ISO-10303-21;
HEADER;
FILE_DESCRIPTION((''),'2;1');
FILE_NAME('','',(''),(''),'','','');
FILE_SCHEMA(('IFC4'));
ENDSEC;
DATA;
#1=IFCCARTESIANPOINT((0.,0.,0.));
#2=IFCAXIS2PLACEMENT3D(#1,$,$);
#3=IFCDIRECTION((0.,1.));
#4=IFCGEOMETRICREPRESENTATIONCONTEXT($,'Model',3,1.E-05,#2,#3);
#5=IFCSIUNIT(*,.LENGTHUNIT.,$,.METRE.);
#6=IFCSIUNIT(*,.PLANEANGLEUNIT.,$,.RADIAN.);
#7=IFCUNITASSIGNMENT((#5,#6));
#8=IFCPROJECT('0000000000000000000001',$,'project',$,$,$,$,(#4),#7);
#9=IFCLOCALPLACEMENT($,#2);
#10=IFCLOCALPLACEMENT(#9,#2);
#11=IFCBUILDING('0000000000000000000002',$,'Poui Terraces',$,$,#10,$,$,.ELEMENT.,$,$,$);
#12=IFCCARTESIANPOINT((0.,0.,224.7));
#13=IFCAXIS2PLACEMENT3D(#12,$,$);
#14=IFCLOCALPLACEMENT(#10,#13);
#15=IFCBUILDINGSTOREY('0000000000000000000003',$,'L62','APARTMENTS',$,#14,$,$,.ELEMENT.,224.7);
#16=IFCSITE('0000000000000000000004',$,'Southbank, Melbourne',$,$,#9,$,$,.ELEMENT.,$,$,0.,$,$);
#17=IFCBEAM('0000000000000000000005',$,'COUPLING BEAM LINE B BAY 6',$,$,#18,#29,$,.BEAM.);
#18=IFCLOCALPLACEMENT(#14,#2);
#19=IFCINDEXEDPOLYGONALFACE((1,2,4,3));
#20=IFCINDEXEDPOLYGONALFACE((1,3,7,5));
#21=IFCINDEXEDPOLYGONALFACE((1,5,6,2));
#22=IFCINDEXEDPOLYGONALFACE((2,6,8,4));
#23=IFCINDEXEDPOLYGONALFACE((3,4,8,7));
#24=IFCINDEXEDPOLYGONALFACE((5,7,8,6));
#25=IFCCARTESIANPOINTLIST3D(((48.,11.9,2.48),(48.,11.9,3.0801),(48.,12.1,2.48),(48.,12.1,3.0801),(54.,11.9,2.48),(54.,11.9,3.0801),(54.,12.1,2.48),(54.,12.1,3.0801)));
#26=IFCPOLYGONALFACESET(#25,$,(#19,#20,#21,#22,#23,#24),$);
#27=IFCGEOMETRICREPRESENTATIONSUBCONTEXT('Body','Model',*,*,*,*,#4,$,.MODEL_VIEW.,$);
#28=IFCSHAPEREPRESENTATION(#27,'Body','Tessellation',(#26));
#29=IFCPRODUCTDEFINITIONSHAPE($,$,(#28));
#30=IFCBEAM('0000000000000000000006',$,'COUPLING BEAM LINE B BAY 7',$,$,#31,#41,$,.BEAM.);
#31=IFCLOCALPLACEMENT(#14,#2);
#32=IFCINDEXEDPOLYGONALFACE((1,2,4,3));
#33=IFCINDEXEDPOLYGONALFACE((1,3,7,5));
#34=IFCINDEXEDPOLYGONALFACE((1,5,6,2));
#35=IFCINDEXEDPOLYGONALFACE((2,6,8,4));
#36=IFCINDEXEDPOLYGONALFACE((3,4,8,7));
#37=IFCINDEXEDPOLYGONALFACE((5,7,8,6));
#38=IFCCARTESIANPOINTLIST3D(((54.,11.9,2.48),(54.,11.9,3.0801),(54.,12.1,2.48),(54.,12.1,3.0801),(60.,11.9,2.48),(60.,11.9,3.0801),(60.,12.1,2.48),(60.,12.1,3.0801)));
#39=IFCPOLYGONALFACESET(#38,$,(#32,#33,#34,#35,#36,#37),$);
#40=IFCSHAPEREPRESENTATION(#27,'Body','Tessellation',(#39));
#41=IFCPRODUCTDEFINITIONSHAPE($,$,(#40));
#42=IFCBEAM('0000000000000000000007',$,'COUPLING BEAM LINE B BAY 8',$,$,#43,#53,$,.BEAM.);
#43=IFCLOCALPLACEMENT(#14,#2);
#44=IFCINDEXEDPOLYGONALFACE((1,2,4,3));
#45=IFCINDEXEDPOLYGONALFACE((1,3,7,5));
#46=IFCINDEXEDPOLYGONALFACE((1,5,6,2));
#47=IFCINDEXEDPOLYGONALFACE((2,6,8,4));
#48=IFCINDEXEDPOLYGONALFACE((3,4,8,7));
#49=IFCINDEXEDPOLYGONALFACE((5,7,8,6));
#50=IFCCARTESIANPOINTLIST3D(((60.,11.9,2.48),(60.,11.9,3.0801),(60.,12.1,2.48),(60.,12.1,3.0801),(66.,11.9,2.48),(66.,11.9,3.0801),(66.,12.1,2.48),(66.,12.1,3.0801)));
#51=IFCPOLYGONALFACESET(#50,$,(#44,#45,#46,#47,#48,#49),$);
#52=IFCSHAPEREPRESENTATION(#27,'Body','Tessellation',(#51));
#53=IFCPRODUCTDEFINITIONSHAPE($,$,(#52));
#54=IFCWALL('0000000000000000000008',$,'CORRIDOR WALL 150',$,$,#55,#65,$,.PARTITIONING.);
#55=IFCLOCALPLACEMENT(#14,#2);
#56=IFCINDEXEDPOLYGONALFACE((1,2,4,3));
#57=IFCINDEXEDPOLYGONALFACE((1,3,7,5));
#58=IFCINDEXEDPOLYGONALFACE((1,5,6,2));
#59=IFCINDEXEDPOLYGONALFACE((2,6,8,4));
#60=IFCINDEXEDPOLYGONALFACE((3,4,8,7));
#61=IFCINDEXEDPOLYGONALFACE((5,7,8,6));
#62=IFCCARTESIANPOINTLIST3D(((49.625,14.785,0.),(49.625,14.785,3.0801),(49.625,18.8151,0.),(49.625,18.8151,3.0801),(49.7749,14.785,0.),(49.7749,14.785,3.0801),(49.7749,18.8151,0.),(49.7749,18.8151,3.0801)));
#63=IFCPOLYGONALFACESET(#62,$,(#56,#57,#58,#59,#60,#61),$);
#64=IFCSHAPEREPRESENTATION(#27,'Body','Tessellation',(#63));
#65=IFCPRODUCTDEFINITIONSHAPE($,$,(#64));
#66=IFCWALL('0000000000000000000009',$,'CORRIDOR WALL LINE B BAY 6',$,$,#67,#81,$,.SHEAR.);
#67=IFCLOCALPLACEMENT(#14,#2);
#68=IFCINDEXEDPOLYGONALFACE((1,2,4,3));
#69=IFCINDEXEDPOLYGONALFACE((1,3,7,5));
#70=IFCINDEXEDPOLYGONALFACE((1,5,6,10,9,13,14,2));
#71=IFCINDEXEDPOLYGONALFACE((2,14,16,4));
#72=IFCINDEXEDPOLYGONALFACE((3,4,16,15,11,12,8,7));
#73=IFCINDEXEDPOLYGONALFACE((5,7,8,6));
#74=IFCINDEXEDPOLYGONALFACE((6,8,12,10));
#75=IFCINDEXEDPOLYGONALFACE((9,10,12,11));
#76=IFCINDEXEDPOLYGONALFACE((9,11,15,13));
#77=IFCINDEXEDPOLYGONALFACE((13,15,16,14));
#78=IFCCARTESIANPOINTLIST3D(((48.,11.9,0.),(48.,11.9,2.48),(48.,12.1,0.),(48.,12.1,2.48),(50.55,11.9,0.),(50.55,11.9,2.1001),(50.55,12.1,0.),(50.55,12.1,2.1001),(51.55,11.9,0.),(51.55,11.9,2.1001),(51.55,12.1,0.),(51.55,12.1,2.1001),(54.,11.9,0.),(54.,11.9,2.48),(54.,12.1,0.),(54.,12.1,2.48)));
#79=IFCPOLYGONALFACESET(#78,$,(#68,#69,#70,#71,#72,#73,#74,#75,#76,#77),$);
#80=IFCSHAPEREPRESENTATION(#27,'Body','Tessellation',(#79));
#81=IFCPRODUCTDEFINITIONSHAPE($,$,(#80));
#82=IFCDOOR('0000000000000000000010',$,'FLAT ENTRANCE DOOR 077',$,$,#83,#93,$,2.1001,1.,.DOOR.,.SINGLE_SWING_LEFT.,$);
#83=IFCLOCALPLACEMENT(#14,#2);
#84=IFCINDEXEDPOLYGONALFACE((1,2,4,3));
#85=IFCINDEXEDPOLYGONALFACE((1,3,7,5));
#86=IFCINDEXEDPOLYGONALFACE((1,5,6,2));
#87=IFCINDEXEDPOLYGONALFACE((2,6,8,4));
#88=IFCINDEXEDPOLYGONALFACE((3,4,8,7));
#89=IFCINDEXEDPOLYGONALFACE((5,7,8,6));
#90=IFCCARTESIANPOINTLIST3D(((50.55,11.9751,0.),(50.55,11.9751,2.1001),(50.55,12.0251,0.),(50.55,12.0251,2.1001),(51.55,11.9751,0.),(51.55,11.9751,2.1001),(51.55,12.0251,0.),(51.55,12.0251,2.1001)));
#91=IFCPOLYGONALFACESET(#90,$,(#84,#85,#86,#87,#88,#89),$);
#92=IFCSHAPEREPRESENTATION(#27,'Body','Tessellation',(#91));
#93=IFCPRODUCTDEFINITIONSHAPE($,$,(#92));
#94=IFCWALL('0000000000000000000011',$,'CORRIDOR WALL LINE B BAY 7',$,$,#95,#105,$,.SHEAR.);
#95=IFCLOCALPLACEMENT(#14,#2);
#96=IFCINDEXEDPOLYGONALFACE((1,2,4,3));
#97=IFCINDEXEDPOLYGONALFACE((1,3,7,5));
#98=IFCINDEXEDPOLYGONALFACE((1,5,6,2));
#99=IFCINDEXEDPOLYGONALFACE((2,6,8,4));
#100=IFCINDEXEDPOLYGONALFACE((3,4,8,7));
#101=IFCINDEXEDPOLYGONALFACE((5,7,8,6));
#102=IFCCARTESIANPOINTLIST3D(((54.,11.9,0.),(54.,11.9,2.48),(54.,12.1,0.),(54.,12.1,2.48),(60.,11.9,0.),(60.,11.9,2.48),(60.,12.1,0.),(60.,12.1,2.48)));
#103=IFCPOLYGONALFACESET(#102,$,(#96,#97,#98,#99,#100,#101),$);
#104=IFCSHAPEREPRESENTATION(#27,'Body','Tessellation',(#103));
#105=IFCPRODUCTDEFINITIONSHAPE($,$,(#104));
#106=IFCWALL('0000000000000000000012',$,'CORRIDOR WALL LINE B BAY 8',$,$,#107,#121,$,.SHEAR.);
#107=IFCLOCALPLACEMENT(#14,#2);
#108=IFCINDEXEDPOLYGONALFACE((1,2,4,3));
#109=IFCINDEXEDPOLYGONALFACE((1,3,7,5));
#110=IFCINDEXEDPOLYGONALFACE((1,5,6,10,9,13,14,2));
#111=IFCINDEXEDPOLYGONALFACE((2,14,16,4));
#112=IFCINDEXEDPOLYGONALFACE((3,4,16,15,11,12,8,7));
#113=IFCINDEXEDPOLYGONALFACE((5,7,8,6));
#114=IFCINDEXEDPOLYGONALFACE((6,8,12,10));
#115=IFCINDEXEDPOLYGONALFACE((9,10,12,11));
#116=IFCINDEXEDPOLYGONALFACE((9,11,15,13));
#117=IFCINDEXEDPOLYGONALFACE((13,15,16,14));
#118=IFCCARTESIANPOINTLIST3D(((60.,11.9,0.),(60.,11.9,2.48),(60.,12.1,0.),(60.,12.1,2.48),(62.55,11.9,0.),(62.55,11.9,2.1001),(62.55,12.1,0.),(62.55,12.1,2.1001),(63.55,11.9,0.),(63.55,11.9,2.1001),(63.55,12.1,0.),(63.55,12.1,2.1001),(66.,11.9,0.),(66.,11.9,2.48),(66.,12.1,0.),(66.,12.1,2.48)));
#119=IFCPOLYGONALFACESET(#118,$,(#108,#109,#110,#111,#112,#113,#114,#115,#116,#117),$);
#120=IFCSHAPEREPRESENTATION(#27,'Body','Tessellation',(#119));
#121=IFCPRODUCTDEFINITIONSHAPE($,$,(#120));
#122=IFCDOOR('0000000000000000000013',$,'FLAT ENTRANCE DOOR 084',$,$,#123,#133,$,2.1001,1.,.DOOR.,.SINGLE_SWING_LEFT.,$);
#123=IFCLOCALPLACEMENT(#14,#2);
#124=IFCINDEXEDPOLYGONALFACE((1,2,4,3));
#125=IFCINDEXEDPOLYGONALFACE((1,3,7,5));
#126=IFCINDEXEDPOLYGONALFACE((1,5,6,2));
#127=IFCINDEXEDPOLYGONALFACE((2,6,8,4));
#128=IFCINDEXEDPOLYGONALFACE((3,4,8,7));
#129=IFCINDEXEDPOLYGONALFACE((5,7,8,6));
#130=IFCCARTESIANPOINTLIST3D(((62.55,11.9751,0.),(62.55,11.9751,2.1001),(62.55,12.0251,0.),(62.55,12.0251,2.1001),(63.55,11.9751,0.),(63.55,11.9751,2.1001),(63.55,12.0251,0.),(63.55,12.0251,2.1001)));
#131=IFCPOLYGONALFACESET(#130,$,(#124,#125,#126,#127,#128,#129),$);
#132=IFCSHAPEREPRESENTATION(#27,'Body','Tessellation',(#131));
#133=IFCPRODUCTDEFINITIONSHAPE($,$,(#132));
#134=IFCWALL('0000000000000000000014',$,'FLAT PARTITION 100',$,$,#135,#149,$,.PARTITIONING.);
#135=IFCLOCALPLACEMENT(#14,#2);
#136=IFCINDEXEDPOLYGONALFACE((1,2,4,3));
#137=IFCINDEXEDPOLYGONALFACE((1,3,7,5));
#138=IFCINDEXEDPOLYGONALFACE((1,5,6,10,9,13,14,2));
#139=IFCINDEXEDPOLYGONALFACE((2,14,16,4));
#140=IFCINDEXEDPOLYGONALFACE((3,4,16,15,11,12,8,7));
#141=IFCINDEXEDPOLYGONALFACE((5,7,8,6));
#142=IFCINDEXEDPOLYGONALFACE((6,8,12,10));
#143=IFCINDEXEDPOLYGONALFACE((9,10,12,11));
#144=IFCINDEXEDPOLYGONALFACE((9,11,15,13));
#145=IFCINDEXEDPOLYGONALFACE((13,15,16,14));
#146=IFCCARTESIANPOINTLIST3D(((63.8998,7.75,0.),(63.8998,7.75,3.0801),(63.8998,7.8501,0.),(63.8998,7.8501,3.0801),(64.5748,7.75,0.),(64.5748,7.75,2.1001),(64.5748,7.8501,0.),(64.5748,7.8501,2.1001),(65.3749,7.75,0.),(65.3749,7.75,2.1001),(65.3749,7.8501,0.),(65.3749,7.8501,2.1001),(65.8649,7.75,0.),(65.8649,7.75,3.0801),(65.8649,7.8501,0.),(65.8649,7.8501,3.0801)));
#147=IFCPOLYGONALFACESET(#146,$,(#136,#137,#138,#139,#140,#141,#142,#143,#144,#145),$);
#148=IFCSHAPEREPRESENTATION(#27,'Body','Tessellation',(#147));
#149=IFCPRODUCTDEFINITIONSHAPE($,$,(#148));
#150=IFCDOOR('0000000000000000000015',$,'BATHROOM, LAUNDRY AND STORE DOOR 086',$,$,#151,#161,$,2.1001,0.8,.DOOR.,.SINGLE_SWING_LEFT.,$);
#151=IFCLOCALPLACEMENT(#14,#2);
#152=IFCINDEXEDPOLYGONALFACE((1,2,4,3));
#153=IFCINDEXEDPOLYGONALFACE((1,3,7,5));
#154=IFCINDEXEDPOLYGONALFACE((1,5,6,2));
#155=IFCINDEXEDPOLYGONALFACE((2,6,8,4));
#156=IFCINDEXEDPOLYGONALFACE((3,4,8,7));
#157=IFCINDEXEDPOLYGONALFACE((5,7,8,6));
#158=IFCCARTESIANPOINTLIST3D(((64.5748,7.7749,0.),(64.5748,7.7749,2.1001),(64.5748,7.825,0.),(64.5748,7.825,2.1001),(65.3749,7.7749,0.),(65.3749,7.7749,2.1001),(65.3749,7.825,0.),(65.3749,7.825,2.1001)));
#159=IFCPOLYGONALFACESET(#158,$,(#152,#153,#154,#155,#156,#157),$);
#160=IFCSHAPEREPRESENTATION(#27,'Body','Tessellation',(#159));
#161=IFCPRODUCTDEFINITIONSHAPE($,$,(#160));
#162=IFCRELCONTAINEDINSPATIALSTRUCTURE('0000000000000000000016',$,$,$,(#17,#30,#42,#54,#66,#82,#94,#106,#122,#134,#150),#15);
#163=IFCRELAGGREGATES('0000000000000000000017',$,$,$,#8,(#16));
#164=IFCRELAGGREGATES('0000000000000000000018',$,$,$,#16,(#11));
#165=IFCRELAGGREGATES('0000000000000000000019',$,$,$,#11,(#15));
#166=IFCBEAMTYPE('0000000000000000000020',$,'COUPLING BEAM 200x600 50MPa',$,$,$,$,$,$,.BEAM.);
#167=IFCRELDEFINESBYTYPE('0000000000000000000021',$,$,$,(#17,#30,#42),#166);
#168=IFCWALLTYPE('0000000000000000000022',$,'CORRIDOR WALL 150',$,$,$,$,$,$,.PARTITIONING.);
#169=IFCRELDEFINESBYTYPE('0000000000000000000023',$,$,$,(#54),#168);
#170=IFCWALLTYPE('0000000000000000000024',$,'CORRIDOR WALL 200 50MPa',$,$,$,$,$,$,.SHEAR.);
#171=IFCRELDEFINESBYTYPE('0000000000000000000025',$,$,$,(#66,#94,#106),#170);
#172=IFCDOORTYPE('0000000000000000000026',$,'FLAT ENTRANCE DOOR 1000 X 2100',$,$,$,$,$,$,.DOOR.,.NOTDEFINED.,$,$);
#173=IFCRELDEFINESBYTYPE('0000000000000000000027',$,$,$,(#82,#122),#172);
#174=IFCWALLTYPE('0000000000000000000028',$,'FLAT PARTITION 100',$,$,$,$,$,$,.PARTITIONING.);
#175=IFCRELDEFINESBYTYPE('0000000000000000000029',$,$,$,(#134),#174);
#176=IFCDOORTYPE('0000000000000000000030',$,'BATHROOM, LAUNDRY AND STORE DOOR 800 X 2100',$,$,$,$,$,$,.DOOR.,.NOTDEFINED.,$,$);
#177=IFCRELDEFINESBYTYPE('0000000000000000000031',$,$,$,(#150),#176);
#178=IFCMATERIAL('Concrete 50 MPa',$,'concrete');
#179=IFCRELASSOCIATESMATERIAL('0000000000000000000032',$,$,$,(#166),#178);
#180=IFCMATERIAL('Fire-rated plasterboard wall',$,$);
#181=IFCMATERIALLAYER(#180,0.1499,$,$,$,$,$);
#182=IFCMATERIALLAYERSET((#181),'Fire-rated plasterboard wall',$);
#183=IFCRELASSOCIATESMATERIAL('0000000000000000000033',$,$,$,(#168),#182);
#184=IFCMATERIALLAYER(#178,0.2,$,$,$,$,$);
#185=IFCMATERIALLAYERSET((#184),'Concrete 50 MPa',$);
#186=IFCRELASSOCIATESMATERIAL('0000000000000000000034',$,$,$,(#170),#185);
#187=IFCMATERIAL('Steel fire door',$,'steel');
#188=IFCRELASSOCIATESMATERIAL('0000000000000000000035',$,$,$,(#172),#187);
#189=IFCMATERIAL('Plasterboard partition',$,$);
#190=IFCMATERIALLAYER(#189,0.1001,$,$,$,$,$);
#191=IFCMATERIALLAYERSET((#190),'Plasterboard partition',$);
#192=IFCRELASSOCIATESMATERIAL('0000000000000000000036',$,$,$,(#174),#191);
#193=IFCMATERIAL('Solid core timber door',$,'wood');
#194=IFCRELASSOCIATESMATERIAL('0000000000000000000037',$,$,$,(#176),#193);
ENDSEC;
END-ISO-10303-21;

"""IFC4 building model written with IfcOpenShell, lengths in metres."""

from ifc_helpers import new_model, si_unit, direction, frame, frame_2d, origin, origin_2d, place, context, subcontext, project, spatial, rectangle, extrude, source, transform, mapped, material, layer, layer_set, material_profile, profile_set, type_object, element, fill, save


model = new_model("IFC4")

# Units and contexts
model_context = context("Model", 3, precision=1e-05, world=origin(), true_north=direction((0.0, 1.0)))
body_context = subcontext(model_context, "Body", "Model", "MODEL_VIEW")
ifc_project = project(units=[si_unit("LENGTHUNIT", "METRE"), si_unit("PLANEANGLEUNIT", "RADIAN")], contexts=[model_context])

# Site, building, storey
site_placement = place(None, origin())
site = spatial("IfcSite", under=ifc_project, at=site_placement, Name="Southbank, Melbourne", CompositionType="ELEMENT", RefElevation=0.0)
building_placement = place(site_placement, origin())
building = spatial("IfcBuilding", under=site, at=building_placement, Name="Poui Terraces", CompositionType="ELEMENT")
storey_placement = place(building_placement, frame((0.0, 0.0, 224.7)))
storey = spatial("IfcBuildingStorey", under=building, at=storey_placement, Name="L62", Description="APARTMENTS", CompositionType="ELEMENT", Elevation=224.7)

# Beams
ifc_material_1 = material(Name="Concrete 50 MPa", Category="concrete")
ifc_material_profile = material_profile(ifc_material_1, rectangle(XDim=0.2, YDim=0.6001, at=origin_2d()), Name="RC 200x600")
ifc_profile_set = profile_set([ifc_material_profile], Name="Concrete 50 MPa")
beam_type = type_object("IfcBeamType", Name="COUPLING BEAM 200x600 50MPa", PredefinedType="BEAM", material=ifc_profile_set)
shared_shape = source(origin(), body_context, "Body", "SweptSolid", [
    extrude(rectangle(XDim=0.2, YDim=0.6001, at=origin_2d()), origin(), (0.0, 0.0, 1.0), 6.0),
])
for number, where, z_axis, x_axis, name in (
    (1, (48.0, 12.0, 2.78), (1.0, 0.0, 0.0), (0.0, 1.0, 0.0), "COUPLING BEAM LINE B BAY 6"),
    (2, (54.0, 12.0, 2.78), (1.0, 0.0, 0.0), (0.0, 1.0, 0.0), "COUPLING BEAM LINE B BAY 7"),
    (3, (60.0, 12.0, 2.78), (1.0, 0.0, 0.0), (0.0, 1.0, 0.0), "COUPLING BEAM LINE B BAY 8"),
):
    element("IfcBeam", number, at=place(storey_placement, frame(where, z_axis=z_axis, x_axis=x_axis)), inside=storey, type_object=beam_type, Name=name, PredefinedType="BEAM", context=body_context, shape_type="MappedRepresentation", body=[
        mapped(shared_shape, transform((0.0, 0.0, 0.0))),
    ])

# Wall
ifc_material_2 = material(Name="Fire-rated plasterboard wall")
ifc_layer_1 = layer(ifc_material_2, 0.1499)
ifc_layer_set_1 = layer_set([ifc_layer_1], Name="Fire-rated plasterboard wall")
wall_type_1 = type_object("IfcWallType", Name="CORRIDOR WALL 150", PredefinedType="PARTITIONING", material=ifc_layer_set_1)
wall_1_placement = place(storey_placement, frame((49.7, 14.7849, 0.0), z_axis=(0.0, 0.0, 1.0), x_axis=(0.0, 1.0, 0.0)))
element("IfcWall", 4, at=wall_1_placement, inside=storey, type_object=wall_type_1, Name="CORRIDOR WALL 150", PredefinedType="PARTITIONING", context=body_context, shape_type="SweptSolid", body=[
    extrude(rectangle(XDim=4.03, YDim=0.1499, at=frame_2d((2.0151, 0.0))), origin(), (0.0, 0.0, 1.0), 3.0801),
])

# Wall, opening, door
ifc_layer_2 = layer(ifc_material_1, 0.2)
ifc_layer_set_2 = layer_set([ifc_layer_2], Name="Concrete 50 MPa")
wall_type_2 = type_object("IfcWallType", Name="CORRIDOR WALL 200 50MPa", PredefinedType="SHEAR", material=ifc_layer_set_2)
wall_2_placement = place(storey_placement, frame((48.0, 12.0, 0.0), z_axis=(0.0, 0.0, 1.0), x_axis=(1.0, 0.0, 0.0)))
wall_2 = element("IfcWall", 5, at=wall_2_placement, inside=storey, type_object=wall_type_2, Name="CORRIDOR WALL LINE B BAY 6", PredefinedType="SHEAR", context=body_context, shape_type="SweptSolid", body=[
    extrude(rectangle(XDim=6.0, YDim=0.2, at=frame_2d((3.0, 0.0))), origin(), (0.0, 0.0, 1.0), 2.48),
])
opening_1_placement = place(wall_2_placement, frame((2.55, 0.0, 0.0)))
opening_1 = element("IfcOpeningElement", 6, at=opening_1_placement, cuts=wall_2, PredefinedType="OPENING", context=body_context, shape_type="SweptSolid", body=[
    extrude(rectangle(XDim=1.0, YDim=2.1001, at=frame_2d((0.5, 1.05))), frame((0.0, 0.1099, 0.0), z_axis=(0.0, -1.0, 0.0), x_axis=(1.0, 0.0, 0.0)), (0.0, 0.0, 1.0), 0.22),
])
ifc_material_3 = material(Name="Steel fire door", Category="steel")
door_type_1 = type_object("IfcDoorType", Name="FLAT ENTRANCE DOOR 1000 X 2100", OperationType="NOTDEFINED", PredefinedType="DOOR", material=ifc_material_3)
door_1_placement = place(opening_1_placement, frame((1.0, 0.0, 0.0), z_axis=(0.0, 0.0, 1.0), x_axis=(-1.0, 0.0, 0.0)))
door_1 = element("IfcDoor", 7, at=door_1_placement, inside=storey, type_object=door_type_1, Name="FLAT ENTRANCE DOOR 077", OperationType="SINGLE_SWING_LEFT", OverallHeight=2.1001, OverallWidth=1.0, PredefinedType="DOOR", context=body_context, shape_type="SweptSolid", body=[
    extrude(rectangle(XDim=1.0, YDim=2.1001, at=frame_2d((0.5, 1.05))), frame((0.0, 0.0249, 0.0), z_axis=(0.0, -1.0, 0.0), x_axis=(1.0, 0.0, 0.0)), (0.0, 0.0, 1.0), 0.05),
])
fill(opening_1, door_1)

# Wall
wall_3_placement = place(storey_placement, frame((54.0, 12.0, 0.0), z_axis=(0.0, 0.0, 1.0), x_axis=(1.0, 0.0, 0.0)))
element("IfcWall", 8, at=wall_3_placement, inside=storey, type_object=wall_type_2, Name="CORRIDOR WALL LINE B BAY 7", PredefinedType="SHEAR", context=body_context, shape_type="SweptSolid", body=[
    extrude(rectangle(XDim=6.0, YDim=0.2, at=frame_2d((3.0, 0.0))), origin(), (0.0, 0.0, 1.0), 2.48),
])

# Walls, openings, doors
wall_4_placement = place(storey_placement, frame((60.0, 12.0, 0.0), z_axis=(0.0, 0.0, 1.0), x_axis=(1.0, 0.0, 0.0)))
wall_4 = element("IfcWall", 9, at=wall_4_placement, inside=storey, type_object=wall_type_2, Name="CORRIDOR WALL LINE B BAY 8", PredefinedType="SHEAR", context=body_context, shape_type="SweptSolid", body=[
    extrude(rectangle(XDim=6.0, YDim=0.2, at=frame_2d((3.0, 0.0))), origin(), (0.0, 0.0, 1.0), 2.48),
])
opening_2_placement = place(wall_4_placement, frame((2.55, 0.0, 0.0)))
opening_2 = element("IfcOpeningElement", 10, at=opening_2_placement, cuts=wall_4, PredefinedType="OPENING", context=body_context, shape_type="SweptSolid", body=[
    extrude(rectangle(XDim=1.0, YDim=2.1001, at=frame_2d((0.5, 1.05))), frame((0.0, 0.1099, 0.0), z_axis=(0.0, -1.0, 0.0), x_axis=(1.0, 0.0, 0.0)), (0.0, 0.0, 1.0), 0.22),
])
door_2_placement = place(opening_2_placement, frame((1.0, 0.0, 0.0), z_axis=(0.0, 0.0, 1.0), x_axis=(-1.0, 0.0, 0.0)))
door_2 = element("IfcDoor", 11, at=door_2_placement, inside=storey, type_object=door_type_1, Name="FLAT ENTRANCE DOOR 084", OperationType="SINGLE_SWING_LEFT", OverallHeight=2.1001, OverallWidth=1.0, PredefinedType="DOOR", context=body_context, shape_type="SweptSolid", body=[
    extrude(rectangle(XDim=1.0, YDim=2.1001, at=frame_2d((0.5, 1.05))), frame((0.0, 0.0249, 0.0), z_axis=(0.0, -1.0, 0.0), x_axis=(1.0, 0.0, 0.0)), (0.0, 0.0, 1.0), 0.05),
])
fill(opening_2, door_2)
ifc_material_4 = material(Name="Plasterboard partition")
ifc_layer_3 = layer(ifc_material_4, 0.1001)
ifc_layer_set_3 = layer_set([ifc_layer_3], Name="Plasterboard partition")
wall_type_3 = type_object("IfcWallType", Name="FLAT PARTITION 100", PredefinedType="PARTITIONING", material=ifc_layer_set_3)
wall_5_placement = place(storey_placement, frame((63.8999, 7.8, 0.0), z_axis=(0.0, 0.0, 1.0), x_axis=(1.0, 0.0, 0.0)))
wall_5 = element("IfcWall", 12, at=wall_5_placement, inside=storey, type_object=wall_type_3, Name="FLAT PARTITION 100", PredefinedType="PARTITIONING", context=body_context, shape_type="SweptSolid", body=[
    extrude(rectangle(XDim=1.9651, YDim=0.1001, at=frame_2d((0.9824, 0.0))), origin(), (0.0, 0.0, 1.0), 3.0801),
])
opening_3_placement = place(wall_5_placement, frame((0.675, 0.0, 0.0)))
opening_3 = element("IfcOpeningElement", 13, at=opening_3_placement, cuts=wall_5, PredefinedType="OPENING", context=body_context, shape_type="SweptSolid", body=[
    extrude(rectangle(XDim=0.8, YDim=2.1001, at=frame_2d((0.3999, 1.05))), frame((0.0, 0.0601, 0.0), z_axis=(0.0, -1.0, 0.0), x_axis=(1.0, 0.0, 0.0)), (0.0, 0.0, 1.0), 0.1201),
])
ifc_material_5 = material(Name="Solid core timber door", Category="wood")
door_type_2 = type_object("IfcDoorType", Name="BATHROOM, LAUNDRY AND STORE DOOR 800 X 2100", OperationType="NOTDEFINED", PredefinedType="DOOR", material=ifc_material_5)
door_3_placement = place(opening_3_placement, origin())
door_3 = element("IfcDoor", 14, at=door_3_placement, inside=storey, type_object=door_type_2, Name="BATHROOM, LAUNDRY AND STORE DOOR 086", OperationType="SINGLE_SWING_LEFT", OverallHeight=2.1001, OverallWidth=0.8, PredefinedType="DOOR", context=body_context, shape_type="SweptSolid", body=[
    extrude(rectangle(XDim=0.8, YDim=2.1001, at=frame_2d((0.3999, 1.05))), frame((0.0, 0.0249, 0.0), z_axis=(0.0, -1.0, 0.0), x_axis=(1.0, 0.0, 0.0)), (0.0, 0.0, 1.0), 0.05),
])
fill(opening_3, door_3)

save(model, "model.ifc")
